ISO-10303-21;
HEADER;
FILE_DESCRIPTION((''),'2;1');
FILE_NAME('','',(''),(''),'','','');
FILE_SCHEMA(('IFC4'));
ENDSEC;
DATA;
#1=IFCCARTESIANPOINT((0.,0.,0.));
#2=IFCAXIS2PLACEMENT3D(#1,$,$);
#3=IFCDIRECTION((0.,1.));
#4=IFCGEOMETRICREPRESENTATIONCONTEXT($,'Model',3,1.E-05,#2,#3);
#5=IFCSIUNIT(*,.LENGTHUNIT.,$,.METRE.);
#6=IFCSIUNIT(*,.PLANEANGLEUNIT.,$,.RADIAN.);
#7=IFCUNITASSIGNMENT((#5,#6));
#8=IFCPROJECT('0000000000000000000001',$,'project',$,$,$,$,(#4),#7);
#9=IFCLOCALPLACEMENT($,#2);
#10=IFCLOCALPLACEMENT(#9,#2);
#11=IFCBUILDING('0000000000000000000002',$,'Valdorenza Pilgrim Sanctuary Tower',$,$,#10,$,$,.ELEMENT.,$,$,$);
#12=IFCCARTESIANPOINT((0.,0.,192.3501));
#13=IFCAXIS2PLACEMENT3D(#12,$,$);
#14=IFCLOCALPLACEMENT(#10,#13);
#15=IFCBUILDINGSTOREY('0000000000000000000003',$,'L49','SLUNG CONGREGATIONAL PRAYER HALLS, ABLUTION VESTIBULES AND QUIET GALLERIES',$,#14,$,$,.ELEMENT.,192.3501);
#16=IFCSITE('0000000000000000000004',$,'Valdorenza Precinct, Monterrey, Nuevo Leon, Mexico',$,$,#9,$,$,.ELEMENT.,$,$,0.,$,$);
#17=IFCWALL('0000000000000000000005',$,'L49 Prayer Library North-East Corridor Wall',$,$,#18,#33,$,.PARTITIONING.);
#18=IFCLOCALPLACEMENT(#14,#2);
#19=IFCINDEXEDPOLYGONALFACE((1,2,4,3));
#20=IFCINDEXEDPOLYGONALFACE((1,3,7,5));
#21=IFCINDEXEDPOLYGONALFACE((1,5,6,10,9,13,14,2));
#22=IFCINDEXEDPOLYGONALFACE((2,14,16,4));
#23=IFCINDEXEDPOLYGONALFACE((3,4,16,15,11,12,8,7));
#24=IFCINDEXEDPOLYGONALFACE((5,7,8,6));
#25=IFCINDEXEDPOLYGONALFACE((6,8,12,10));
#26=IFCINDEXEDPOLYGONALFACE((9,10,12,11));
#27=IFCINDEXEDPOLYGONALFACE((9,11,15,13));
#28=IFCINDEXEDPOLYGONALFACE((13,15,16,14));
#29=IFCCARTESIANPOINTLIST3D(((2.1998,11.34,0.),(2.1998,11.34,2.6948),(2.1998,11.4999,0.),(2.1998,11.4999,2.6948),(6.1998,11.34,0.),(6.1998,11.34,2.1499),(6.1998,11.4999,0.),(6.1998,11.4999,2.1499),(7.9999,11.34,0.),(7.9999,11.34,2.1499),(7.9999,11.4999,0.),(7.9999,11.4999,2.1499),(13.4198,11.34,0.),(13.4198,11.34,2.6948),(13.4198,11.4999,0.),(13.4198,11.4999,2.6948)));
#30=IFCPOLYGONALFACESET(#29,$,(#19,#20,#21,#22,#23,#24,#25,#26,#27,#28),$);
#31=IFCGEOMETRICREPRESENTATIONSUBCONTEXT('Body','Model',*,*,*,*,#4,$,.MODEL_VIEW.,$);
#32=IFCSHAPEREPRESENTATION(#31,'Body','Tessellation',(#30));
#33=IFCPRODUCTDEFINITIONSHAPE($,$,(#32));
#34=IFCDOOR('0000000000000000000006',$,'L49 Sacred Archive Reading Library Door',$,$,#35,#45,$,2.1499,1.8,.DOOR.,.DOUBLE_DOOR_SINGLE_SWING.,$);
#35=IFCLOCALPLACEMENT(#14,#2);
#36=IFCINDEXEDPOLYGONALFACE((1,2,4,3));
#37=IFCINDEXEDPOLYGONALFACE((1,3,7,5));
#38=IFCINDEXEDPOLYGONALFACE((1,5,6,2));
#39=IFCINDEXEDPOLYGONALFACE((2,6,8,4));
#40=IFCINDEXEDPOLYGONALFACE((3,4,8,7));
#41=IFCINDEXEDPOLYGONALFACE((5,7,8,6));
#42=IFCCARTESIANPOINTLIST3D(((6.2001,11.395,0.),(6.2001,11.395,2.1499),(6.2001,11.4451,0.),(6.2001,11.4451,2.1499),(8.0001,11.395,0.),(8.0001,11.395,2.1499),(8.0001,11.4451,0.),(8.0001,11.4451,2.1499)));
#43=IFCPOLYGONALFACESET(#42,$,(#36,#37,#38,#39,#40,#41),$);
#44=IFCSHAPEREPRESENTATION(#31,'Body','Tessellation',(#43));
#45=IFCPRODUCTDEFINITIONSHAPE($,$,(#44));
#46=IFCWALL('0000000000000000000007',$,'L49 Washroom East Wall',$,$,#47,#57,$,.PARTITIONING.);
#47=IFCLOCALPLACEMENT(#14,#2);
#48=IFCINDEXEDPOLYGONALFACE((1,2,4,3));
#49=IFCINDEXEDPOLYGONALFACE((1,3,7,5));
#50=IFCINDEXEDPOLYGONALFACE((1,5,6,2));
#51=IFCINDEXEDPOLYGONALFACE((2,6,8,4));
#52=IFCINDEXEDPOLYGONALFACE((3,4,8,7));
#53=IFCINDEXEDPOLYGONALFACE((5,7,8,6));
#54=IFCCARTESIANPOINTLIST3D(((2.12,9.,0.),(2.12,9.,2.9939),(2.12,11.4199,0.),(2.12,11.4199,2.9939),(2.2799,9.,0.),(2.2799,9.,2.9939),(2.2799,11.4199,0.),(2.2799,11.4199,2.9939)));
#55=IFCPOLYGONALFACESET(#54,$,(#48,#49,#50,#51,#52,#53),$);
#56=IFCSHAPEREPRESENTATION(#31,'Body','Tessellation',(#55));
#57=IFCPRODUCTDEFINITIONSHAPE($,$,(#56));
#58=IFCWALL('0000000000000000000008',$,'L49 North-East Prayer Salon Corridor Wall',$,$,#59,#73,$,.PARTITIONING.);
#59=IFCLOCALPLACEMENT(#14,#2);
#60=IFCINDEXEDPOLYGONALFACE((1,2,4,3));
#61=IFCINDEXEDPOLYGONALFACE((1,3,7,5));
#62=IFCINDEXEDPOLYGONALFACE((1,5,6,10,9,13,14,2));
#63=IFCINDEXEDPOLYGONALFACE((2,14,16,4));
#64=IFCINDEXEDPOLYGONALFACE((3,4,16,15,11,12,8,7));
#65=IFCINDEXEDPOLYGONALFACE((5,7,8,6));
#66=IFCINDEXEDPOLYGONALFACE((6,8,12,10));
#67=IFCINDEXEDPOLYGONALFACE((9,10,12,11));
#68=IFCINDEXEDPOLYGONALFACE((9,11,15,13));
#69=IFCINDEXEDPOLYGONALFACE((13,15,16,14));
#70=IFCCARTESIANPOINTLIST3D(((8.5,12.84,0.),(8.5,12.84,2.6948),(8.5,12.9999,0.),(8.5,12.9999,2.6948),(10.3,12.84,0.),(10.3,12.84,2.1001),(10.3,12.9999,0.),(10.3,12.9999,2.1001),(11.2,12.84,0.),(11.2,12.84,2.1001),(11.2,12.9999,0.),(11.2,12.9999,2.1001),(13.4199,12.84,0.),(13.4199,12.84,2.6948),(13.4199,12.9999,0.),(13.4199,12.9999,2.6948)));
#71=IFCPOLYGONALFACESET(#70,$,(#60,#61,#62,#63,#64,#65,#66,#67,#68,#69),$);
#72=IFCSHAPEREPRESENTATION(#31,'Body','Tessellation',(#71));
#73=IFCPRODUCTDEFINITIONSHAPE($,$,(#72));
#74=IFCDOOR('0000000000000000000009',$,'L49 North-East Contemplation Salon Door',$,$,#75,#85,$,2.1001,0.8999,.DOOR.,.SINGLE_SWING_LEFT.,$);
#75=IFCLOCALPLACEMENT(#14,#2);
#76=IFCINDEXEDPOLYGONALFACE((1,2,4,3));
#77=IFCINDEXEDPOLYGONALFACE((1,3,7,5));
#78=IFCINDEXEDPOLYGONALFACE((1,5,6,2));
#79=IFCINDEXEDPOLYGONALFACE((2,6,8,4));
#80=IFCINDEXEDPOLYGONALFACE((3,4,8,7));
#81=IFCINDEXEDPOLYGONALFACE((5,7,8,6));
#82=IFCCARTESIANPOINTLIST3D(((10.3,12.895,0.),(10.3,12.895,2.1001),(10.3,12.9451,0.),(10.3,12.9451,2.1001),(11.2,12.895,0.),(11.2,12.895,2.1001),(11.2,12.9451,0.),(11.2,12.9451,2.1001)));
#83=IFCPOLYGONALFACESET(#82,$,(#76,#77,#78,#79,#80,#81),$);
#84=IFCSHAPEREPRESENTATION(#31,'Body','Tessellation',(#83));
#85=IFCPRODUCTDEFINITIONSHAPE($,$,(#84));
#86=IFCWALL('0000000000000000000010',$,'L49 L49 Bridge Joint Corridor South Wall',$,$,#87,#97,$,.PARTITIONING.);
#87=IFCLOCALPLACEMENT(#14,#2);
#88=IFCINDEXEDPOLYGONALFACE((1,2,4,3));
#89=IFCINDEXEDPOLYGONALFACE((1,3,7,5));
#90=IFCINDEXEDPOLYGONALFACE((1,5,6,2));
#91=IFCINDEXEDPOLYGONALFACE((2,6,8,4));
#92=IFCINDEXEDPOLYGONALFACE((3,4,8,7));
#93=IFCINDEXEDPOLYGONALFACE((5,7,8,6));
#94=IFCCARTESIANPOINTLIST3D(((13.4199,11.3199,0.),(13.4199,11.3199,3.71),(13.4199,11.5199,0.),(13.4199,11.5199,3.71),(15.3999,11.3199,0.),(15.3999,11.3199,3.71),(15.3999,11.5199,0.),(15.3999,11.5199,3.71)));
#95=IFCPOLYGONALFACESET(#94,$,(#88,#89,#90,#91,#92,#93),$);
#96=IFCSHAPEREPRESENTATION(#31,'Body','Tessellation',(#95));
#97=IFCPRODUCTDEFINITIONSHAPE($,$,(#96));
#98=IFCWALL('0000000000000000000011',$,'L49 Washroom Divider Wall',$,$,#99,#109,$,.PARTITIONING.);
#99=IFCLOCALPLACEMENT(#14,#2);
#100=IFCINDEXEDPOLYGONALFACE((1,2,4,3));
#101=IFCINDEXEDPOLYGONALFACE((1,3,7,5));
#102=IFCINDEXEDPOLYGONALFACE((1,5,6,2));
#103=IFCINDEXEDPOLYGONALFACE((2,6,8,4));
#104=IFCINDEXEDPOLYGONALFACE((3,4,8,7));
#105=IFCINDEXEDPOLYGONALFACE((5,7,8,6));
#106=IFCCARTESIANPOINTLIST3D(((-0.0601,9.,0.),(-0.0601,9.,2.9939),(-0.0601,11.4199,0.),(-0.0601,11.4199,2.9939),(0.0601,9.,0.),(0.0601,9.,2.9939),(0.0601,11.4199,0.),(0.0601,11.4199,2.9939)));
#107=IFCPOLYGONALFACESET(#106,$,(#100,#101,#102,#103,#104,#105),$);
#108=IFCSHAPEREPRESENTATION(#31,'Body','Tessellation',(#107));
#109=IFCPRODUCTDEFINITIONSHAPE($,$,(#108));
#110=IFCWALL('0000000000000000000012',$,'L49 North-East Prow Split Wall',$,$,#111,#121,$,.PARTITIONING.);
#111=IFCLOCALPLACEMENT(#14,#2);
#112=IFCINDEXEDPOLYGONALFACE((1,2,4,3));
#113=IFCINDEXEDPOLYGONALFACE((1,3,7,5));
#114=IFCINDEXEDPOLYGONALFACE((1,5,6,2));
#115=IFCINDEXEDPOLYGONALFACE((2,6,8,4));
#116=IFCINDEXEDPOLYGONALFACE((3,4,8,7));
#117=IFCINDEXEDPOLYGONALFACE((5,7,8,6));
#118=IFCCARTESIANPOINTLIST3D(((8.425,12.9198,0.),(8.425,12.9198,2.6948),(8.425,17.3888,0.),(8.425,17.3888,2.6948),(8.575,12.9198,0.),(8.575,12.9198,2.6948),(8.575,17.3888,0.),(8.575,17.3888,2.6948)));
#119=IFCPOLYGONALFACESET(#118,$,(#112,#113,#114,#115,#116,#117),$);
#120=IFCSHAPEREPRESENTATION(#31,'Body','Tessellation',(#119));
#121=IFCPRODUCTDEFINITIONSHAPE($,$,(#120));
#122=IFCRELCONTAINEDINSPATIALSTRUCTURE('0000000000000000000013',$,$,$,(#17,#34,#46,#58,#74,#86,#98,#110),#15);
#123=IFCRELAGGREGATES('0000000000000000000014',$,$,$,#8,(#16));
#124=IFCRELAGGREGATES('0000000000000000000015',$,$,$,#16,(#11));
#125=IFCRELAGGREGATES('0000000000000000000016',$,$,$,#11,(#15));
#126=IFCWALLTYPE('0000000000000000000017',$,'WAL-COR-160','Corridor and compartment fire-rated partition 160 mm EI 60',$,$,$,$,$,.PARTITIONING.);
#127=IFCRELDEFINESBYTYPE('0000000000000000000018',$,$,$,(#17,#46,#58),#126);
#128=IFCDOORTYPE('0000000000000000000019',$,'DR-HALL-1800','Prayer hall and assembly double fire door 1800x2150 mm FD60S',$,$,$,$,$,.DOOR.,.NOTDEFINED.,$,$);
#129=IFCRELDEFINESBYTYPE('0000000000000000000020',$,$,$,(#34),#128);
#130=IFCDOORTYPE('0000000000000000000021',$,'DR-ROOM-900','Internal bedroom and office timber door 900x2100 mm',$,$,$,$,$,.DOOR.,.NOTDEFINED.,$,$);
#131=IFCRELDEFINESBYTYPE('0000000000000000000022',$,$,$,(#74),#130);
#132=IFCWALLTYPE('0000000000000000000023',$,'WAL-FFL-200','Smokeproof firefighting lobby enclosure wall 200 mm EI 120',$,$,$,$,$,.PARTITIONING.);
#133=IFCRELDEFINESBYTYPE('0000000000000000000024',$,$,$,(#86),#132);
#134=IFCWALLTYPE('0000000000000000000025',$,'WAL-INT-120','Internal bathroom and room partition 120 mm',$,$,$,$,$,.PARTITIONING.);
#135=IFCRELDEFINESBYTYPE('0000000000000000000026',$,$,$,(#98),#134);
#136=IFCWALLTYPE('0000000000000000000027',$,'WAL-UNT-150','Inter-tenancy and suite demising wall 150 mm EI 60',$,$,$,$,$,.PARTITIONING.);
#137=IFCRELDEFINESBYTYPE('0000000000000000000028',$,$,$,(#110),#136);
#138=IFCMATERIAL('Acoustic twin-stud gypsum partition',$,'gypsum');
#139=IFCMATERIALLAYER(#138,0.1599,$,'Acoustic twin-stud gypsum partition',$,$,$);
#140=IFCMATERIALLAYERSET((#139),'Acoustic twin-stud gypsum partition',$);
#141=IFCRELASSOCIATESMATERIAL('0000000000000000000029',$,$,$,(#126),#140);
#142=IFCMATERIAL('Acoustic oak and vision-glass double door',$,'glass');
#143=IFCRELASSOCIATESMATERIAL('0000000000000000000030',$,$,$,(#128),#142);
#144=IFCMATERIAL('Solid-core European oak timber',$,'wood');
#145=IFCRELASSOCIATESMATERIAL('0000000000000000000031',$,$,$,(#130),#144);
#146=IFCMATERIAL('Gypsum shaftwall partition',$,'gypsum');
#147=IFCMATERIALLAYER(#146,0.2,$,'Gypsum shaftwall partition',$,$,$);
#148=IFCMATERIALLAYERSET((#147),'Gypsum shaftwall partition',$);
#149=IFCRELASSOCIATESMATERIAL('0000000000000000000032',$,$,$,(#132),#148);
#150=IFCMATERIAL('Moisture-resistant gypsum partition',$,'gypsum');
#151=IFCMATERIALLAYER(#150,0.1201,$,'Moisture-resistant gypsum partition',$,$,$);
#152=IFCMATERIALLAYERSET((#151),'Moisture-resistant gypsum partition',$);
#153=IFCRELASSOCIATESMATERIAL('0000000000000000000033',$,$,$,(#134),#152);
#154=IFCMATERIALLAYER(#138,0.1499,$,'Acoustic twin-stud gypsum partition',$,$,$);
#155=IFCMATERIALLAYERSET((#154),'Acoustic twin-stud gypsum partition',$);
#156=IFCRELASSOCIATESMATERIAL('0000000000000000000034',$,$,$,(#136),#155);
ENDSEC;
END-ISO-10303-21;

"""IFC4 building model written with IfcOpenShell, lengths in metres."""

from ifc_helpers import new_model, si_unit, direction, frame, frame_2d, origin, place, context, subcontext, project, spatial, rectangle, extrude, material, layer, layer_set, type_object, element, fill, save


model = new_model("IFC4")

# Units and contexts
model_context = context("Model", 3, precision=1e-05, world=origin(), true_north=direction((0.0, 1.0)))
body_context = subcontext(model_context, "Body", "Model", "MODEL_VIEW")
ifc_project = project(units=[si_unit("LENGTHUNIT", "METRE"), si_unit("PLANEANGLEUNIT", "RADIAN")], contexts=[model_context])

# Site, building, storey
site_placement = place(None, origin())
site = spatial("IfcSite", under=ifc_project, at=site_placement, Name="Valdorenza Precinct, Monterrey, Nuevo Leon, Mexico", CompositionType="ELEMENT", RefElevation=0.0)
building_placement = place(site_placement, origin())
building = spatial("IfcBuilding", under=site, at=building_placement, Name="Valdorenza Pilgrim Sanctuary Tower", CompositionType="ELEMENT")
storey_placement = place(building_placement, frame((0.0, 0.0, 192.3501)))
storey = spatial("IfcBuildingStorey", under=building, at=storey_placement, Name="L49", Description="SLUNG CONGREGATIONAL PRAYER HALLS, ABLUTION VESTIBULES AND QUIET GALLERIES", CompositionType="ELEMENT", Elevation=192.3501)

# Wall, opening, door
ifc_material_1 = material(Name="Acoustic twin-stud gypsum partition", Category="gypsum")
ifc_layer_1 = layer(ifc_material_1, 0.1599, Name="Acoustic twin-stud gypsum partition")
ifc_layer_set_1 = layer_set([ifc_layer_1], Name="Acoustic twin-stud gypsum partition")
wall_type_1 = type_object("IfcWallType", Name="WAL-COR-160", Description="Corridor and compartment fire-rated partition 160 mm EI 60", PredefinedType="PARTITIONING", material=ifc_layer_set_1)
wall_1_placement = place(storey_placement, frame((2.2, 11.4199, 0.0), z_axis=(0.0, 0.0, 1.0), x_axis=(1.0, 0.0, 0.0)))
wall_1 = element("IfcWall", 1, at=wall_1_placement, inside=storey, type_object=wall_type_1, Name="L49 Prayer Library North-East Corridor Wall", PredefinedType="PARTITIONING", context=body_context, shape_type="SweptSolid", body=[
    extrude(rectangle(XDim=11.22, YDim=0.1599, at=frame_2d((5.6099, 0.0))), origin(), (0.0, 0.0, 1.0), 2.6948),
])
opening_1_placement = place(wall_1_placement, frame((4.0, 0.0, 0.0)))
opening_1 = element("IfcOpeningElement", 2, at=opening_1_placement, cuts=wall_1, PredefinedType="OPENING", context=body_context, shape_type="SweptSolid", body=[
    extrude(rectangle(XDim=1.8, YDim=2.1499, at=frame_2d((0.8999, 1.075))), frame((0.0, 0.0947, 0.0), z_axis=(0.0, -1.0, 0.0), x_axis=(1.0, 0.0, 0.0)), (0.0, 0.0, 1.0), 0.1897),
])
ifc_material_2 = material(Name="Acoustic oak and vision-glass double door", Category="glass")
door_type_1 = type_object("IfcDoorType", Name="DR-HALL-1800", Description="Prayer hall and assembly double fire door 1800x2150 mm FD60S", OperationType="NOTDEFINED", PredefinedType="DOOR", material=ifc_material_2)
door_1_placement = place(opening_1_placement, frame((1.8, 0.0, 0.0), z_axis=(0.0, 0.0, 1.0), x_axis=(-1.0, 0.0, 0.0)))
door_1 = element("IfcDoor", 3, at=door_1_placement, inside=storey, type_object=door_type_1, Name="L49 Sacred Archive Reading Library Door", OperationType="DOUBLE_DOOR_SINGLE_SWING", OverallHeight=2.1499, OverallWidth=1.8, PredefinedType="DOOR", context=body_context, shape_type="SweptSolid", body=[
    extrude(rectangle(XDim=1.8, YDim=2.1499, at=frame_2d((0.8999, 1.075))), frame((0.0, 0.0249, 0.0), z_axis=(0.0, -1.0, 0.0), x_axis=(1.0, 0.0, 0.0)), (0.0, 0.0, 1.0), 0.05),
])
fill(opening_1, door_1)

# Wall
wall_2_placement = place(storey_placement, frame((2.2, 9.0, 0.0), z_axis=(0.0, 0.0, 1.0), x_axis=(0.0, 1.0, 0.0)))
element("IfcWall", 4, at=wall_2_placement, inside=storey, type_object=wall_type_1, Name="L49 Washroom East Wall", PredefinedType="PARTITIONING", context=body_context, shape_type="SweptSolid", body=[
    extrude(rectangle(XDim=2.4199, YDim=0.1599, at=frame_2d((1.21, 0.0))), origin(), (0.0, 0.0, 1.0), 2.9939),
])

# Wall, opening, door
wall_3_placement = place(storey_placement, frame((8.5, 12.9199, 0.0), z_axis=(0.0, 0.0, 1.0), x_axis=(1.0, 0.0, 0.0)))
wall_3 = element("IfcWall", 5, at=wall_3_placement, inside=storey, type_object=wall_type_1, Name="L49 North-East Prayer Salon Corridor Wall", PredefinedType="PARTITIONING", context=body_context, shape_type="SweptSolid", body=[
    extrude(rectangle(XDim=4.9199, YDim=0.1599, at=frame_2d((2.46, 0.0))), origin(), (0.0, 0.0, 1.0), 2.6948),
])
opening_2_placement = place(wall_3_placement, frame((1.8, 0.0, 0.0)))
opening_2 = element("IfcOpeningElement", 6, at=opening_2_placement, cuts=wall_3, PredefinedType="OPENING", context=body_context, shape_type="SweptSolid", body=[
    extrude(rectangle(XDim=0.8999, YDim=2.1001, at=frame_2d((0.45, 1.05))), frame((0.0, 0.0947, 0.0), z_axis=(0.0, -1.0, 0.0), x_axis=(1.0, 0.0, 0.0)), (0.0, 0.0, 1.0), 0.1897),
])
ifc_material_3 = material(Name="Solid-core European oak timber", Category="wood")
door_type_2 = type_object("IfcDoorType", Name="DR-ROOM-900", Description="Internal bedroom and office timber door 900x2100 mm", OperationType="NOTDEFINED", PredefinedType="DOOR", material=ifc_material_3)
door_2_placement = place(opening_2_placement, frame((0.8999, 0.0, 0.0), z_axis=(0.0, 0.0, 1.0), x_axis=(-1.0, 0.0, 0.0)))
door_2 = element("IfcDoor", 7, at=door_2_placement, inside=storey, type_object=door_type_2, Name="L49 North-East Contemplation Salon Door", OperationType="SINGLE_SWING_LEFT", OverallHeight=2.1001, OverallWidth=0.8999, PredefinedType="DOOR", context=body_context, shape_type="SweptSolid", body=[
    extrude(rectangle(XDim=0.8999, YDim=2.1001, at=frame_2d((0.45, 1.05))), frame((0.0, 0.0249, 0.0), z_axis=(0.0, -1.0, 0.0), x_axis=(1.0, 0.0, 0.0)), (0.0, 0.0, 1.0), 0.05),
])
fill(opening_2, door_2)

# Wall
ifc_material_4 = material(Name="Gypsum shaftwall partition", Category="gypsum")
ifc_layer_2 = layer(ifc_material_4, 0.2, Name="Gypsum shaftwall partition")
ifc_layer_set_2 = layer_set([ifc_layer_2], Name="Gypsum shaftwall partition")
wall_type_2 = type_object("IfcWallType", Name="WAL-FFL-200", Description="Smokeproof firefighting lobby enclosure wall 200 mm EI 120", PredefinedType="PARTITIONING", material=ifc_layer_set_2)
wall_4_placement = place(storey_placement, frame((13.4199, 11.4199, 0.0), z_axis=(0.0, 0.0, 1.0), x_axis=(1.0, 0.0, 0.0)))
element("IfcWall", 8, at=wall_4_placement, inside=storey, type_object=wall_type_2, Name="L49 L49 Bridge Joint Corridor South Wall", PredefinedType="PARTITIONING", context=body_context, shape_type="SweptSolid", body=[
    extrude(rectangle(XDim=1.98, YDim=0.2, at=frame_2d((0.99, 0.0))), origin(), (0.0, 0.0, 1.0), 3.71),
])

# Walls
ifc_material_5 = material(Name="Moisture-resistant gypsum partition", Category="gypsum")
ifc_layer_3 = layer(ifc_material_5, 0.1201, Name="Moisture-resistant gypsum partition")
ifc_layer_set_3 = layer_set([ifc_layer_3], Name="Moisture-resistant gypsum partition")
wall_type_3 = type_object("IfcWallType", Name="WAL-INT-120", Description="Internal bathroom and room partition 120 mm", PredefinedType="PARTITIONING", material=ifc_layer_set_3)
wall_5_placement = place(storey_placement, frame((0.0, 9.0, 0.0), z_axis=(0.0, 0.0, 1.0), x_axis=(0.0, 1.0, 0.0)))
element("IfcWall", 9, at=wall_5_placement, inside=storey, type_object=wall_type_3, Name="L49 Washroom Divider Wall", PredefinedType="PARTITIONING", context=body_context, shape_type="SweptSolid", body=[
    extrude(rectangle(XDim=2.4199, YDim=0.1201, at=frame_2d((1.21, 0.0))), origin(), (0.0, 0.0, 1.0), 2.9939),
])
ifc_layer_4 = layer(ifc_material_1, 0.1499, Name="Acoustic twin-stud gypsum partition")
ifc_layer_set_4 = layer_set([ifc_layer_4], Name="Acoustic twin-stud gypsum partition")
wall_type_4 = type_object("IfcWallType", Name="WAL-UNT-150", Description="Inter-tenancy and suite demising wall 150 mm EI 60", PredefinedType="PARTITIONING", material=ifc_layer_set_4)
wall_6_placement = place(storey_placement, frame((8.5, 12.9199, 0.0), z_axis=(0.0, 0.0, 1.0), x_axis=(0.0, 1.0, 0.0)))
element("IfcWall", 10, at=wall_6_placement, inside=storey, type_object=wall_type_4, Name="L49 North-East Prow Split Wall", PredefinedType="PARTITIONING", context=body_context, shape_type="SweptSolid", body=[
    extrude(rectangle(XDim=4.469, YDim=0.1499, at=frame_2d((2.2344, 0.0))), origin(), (0.0, 0.0, 1.0), 2.6948),
])

save(model, "model.ifc")
